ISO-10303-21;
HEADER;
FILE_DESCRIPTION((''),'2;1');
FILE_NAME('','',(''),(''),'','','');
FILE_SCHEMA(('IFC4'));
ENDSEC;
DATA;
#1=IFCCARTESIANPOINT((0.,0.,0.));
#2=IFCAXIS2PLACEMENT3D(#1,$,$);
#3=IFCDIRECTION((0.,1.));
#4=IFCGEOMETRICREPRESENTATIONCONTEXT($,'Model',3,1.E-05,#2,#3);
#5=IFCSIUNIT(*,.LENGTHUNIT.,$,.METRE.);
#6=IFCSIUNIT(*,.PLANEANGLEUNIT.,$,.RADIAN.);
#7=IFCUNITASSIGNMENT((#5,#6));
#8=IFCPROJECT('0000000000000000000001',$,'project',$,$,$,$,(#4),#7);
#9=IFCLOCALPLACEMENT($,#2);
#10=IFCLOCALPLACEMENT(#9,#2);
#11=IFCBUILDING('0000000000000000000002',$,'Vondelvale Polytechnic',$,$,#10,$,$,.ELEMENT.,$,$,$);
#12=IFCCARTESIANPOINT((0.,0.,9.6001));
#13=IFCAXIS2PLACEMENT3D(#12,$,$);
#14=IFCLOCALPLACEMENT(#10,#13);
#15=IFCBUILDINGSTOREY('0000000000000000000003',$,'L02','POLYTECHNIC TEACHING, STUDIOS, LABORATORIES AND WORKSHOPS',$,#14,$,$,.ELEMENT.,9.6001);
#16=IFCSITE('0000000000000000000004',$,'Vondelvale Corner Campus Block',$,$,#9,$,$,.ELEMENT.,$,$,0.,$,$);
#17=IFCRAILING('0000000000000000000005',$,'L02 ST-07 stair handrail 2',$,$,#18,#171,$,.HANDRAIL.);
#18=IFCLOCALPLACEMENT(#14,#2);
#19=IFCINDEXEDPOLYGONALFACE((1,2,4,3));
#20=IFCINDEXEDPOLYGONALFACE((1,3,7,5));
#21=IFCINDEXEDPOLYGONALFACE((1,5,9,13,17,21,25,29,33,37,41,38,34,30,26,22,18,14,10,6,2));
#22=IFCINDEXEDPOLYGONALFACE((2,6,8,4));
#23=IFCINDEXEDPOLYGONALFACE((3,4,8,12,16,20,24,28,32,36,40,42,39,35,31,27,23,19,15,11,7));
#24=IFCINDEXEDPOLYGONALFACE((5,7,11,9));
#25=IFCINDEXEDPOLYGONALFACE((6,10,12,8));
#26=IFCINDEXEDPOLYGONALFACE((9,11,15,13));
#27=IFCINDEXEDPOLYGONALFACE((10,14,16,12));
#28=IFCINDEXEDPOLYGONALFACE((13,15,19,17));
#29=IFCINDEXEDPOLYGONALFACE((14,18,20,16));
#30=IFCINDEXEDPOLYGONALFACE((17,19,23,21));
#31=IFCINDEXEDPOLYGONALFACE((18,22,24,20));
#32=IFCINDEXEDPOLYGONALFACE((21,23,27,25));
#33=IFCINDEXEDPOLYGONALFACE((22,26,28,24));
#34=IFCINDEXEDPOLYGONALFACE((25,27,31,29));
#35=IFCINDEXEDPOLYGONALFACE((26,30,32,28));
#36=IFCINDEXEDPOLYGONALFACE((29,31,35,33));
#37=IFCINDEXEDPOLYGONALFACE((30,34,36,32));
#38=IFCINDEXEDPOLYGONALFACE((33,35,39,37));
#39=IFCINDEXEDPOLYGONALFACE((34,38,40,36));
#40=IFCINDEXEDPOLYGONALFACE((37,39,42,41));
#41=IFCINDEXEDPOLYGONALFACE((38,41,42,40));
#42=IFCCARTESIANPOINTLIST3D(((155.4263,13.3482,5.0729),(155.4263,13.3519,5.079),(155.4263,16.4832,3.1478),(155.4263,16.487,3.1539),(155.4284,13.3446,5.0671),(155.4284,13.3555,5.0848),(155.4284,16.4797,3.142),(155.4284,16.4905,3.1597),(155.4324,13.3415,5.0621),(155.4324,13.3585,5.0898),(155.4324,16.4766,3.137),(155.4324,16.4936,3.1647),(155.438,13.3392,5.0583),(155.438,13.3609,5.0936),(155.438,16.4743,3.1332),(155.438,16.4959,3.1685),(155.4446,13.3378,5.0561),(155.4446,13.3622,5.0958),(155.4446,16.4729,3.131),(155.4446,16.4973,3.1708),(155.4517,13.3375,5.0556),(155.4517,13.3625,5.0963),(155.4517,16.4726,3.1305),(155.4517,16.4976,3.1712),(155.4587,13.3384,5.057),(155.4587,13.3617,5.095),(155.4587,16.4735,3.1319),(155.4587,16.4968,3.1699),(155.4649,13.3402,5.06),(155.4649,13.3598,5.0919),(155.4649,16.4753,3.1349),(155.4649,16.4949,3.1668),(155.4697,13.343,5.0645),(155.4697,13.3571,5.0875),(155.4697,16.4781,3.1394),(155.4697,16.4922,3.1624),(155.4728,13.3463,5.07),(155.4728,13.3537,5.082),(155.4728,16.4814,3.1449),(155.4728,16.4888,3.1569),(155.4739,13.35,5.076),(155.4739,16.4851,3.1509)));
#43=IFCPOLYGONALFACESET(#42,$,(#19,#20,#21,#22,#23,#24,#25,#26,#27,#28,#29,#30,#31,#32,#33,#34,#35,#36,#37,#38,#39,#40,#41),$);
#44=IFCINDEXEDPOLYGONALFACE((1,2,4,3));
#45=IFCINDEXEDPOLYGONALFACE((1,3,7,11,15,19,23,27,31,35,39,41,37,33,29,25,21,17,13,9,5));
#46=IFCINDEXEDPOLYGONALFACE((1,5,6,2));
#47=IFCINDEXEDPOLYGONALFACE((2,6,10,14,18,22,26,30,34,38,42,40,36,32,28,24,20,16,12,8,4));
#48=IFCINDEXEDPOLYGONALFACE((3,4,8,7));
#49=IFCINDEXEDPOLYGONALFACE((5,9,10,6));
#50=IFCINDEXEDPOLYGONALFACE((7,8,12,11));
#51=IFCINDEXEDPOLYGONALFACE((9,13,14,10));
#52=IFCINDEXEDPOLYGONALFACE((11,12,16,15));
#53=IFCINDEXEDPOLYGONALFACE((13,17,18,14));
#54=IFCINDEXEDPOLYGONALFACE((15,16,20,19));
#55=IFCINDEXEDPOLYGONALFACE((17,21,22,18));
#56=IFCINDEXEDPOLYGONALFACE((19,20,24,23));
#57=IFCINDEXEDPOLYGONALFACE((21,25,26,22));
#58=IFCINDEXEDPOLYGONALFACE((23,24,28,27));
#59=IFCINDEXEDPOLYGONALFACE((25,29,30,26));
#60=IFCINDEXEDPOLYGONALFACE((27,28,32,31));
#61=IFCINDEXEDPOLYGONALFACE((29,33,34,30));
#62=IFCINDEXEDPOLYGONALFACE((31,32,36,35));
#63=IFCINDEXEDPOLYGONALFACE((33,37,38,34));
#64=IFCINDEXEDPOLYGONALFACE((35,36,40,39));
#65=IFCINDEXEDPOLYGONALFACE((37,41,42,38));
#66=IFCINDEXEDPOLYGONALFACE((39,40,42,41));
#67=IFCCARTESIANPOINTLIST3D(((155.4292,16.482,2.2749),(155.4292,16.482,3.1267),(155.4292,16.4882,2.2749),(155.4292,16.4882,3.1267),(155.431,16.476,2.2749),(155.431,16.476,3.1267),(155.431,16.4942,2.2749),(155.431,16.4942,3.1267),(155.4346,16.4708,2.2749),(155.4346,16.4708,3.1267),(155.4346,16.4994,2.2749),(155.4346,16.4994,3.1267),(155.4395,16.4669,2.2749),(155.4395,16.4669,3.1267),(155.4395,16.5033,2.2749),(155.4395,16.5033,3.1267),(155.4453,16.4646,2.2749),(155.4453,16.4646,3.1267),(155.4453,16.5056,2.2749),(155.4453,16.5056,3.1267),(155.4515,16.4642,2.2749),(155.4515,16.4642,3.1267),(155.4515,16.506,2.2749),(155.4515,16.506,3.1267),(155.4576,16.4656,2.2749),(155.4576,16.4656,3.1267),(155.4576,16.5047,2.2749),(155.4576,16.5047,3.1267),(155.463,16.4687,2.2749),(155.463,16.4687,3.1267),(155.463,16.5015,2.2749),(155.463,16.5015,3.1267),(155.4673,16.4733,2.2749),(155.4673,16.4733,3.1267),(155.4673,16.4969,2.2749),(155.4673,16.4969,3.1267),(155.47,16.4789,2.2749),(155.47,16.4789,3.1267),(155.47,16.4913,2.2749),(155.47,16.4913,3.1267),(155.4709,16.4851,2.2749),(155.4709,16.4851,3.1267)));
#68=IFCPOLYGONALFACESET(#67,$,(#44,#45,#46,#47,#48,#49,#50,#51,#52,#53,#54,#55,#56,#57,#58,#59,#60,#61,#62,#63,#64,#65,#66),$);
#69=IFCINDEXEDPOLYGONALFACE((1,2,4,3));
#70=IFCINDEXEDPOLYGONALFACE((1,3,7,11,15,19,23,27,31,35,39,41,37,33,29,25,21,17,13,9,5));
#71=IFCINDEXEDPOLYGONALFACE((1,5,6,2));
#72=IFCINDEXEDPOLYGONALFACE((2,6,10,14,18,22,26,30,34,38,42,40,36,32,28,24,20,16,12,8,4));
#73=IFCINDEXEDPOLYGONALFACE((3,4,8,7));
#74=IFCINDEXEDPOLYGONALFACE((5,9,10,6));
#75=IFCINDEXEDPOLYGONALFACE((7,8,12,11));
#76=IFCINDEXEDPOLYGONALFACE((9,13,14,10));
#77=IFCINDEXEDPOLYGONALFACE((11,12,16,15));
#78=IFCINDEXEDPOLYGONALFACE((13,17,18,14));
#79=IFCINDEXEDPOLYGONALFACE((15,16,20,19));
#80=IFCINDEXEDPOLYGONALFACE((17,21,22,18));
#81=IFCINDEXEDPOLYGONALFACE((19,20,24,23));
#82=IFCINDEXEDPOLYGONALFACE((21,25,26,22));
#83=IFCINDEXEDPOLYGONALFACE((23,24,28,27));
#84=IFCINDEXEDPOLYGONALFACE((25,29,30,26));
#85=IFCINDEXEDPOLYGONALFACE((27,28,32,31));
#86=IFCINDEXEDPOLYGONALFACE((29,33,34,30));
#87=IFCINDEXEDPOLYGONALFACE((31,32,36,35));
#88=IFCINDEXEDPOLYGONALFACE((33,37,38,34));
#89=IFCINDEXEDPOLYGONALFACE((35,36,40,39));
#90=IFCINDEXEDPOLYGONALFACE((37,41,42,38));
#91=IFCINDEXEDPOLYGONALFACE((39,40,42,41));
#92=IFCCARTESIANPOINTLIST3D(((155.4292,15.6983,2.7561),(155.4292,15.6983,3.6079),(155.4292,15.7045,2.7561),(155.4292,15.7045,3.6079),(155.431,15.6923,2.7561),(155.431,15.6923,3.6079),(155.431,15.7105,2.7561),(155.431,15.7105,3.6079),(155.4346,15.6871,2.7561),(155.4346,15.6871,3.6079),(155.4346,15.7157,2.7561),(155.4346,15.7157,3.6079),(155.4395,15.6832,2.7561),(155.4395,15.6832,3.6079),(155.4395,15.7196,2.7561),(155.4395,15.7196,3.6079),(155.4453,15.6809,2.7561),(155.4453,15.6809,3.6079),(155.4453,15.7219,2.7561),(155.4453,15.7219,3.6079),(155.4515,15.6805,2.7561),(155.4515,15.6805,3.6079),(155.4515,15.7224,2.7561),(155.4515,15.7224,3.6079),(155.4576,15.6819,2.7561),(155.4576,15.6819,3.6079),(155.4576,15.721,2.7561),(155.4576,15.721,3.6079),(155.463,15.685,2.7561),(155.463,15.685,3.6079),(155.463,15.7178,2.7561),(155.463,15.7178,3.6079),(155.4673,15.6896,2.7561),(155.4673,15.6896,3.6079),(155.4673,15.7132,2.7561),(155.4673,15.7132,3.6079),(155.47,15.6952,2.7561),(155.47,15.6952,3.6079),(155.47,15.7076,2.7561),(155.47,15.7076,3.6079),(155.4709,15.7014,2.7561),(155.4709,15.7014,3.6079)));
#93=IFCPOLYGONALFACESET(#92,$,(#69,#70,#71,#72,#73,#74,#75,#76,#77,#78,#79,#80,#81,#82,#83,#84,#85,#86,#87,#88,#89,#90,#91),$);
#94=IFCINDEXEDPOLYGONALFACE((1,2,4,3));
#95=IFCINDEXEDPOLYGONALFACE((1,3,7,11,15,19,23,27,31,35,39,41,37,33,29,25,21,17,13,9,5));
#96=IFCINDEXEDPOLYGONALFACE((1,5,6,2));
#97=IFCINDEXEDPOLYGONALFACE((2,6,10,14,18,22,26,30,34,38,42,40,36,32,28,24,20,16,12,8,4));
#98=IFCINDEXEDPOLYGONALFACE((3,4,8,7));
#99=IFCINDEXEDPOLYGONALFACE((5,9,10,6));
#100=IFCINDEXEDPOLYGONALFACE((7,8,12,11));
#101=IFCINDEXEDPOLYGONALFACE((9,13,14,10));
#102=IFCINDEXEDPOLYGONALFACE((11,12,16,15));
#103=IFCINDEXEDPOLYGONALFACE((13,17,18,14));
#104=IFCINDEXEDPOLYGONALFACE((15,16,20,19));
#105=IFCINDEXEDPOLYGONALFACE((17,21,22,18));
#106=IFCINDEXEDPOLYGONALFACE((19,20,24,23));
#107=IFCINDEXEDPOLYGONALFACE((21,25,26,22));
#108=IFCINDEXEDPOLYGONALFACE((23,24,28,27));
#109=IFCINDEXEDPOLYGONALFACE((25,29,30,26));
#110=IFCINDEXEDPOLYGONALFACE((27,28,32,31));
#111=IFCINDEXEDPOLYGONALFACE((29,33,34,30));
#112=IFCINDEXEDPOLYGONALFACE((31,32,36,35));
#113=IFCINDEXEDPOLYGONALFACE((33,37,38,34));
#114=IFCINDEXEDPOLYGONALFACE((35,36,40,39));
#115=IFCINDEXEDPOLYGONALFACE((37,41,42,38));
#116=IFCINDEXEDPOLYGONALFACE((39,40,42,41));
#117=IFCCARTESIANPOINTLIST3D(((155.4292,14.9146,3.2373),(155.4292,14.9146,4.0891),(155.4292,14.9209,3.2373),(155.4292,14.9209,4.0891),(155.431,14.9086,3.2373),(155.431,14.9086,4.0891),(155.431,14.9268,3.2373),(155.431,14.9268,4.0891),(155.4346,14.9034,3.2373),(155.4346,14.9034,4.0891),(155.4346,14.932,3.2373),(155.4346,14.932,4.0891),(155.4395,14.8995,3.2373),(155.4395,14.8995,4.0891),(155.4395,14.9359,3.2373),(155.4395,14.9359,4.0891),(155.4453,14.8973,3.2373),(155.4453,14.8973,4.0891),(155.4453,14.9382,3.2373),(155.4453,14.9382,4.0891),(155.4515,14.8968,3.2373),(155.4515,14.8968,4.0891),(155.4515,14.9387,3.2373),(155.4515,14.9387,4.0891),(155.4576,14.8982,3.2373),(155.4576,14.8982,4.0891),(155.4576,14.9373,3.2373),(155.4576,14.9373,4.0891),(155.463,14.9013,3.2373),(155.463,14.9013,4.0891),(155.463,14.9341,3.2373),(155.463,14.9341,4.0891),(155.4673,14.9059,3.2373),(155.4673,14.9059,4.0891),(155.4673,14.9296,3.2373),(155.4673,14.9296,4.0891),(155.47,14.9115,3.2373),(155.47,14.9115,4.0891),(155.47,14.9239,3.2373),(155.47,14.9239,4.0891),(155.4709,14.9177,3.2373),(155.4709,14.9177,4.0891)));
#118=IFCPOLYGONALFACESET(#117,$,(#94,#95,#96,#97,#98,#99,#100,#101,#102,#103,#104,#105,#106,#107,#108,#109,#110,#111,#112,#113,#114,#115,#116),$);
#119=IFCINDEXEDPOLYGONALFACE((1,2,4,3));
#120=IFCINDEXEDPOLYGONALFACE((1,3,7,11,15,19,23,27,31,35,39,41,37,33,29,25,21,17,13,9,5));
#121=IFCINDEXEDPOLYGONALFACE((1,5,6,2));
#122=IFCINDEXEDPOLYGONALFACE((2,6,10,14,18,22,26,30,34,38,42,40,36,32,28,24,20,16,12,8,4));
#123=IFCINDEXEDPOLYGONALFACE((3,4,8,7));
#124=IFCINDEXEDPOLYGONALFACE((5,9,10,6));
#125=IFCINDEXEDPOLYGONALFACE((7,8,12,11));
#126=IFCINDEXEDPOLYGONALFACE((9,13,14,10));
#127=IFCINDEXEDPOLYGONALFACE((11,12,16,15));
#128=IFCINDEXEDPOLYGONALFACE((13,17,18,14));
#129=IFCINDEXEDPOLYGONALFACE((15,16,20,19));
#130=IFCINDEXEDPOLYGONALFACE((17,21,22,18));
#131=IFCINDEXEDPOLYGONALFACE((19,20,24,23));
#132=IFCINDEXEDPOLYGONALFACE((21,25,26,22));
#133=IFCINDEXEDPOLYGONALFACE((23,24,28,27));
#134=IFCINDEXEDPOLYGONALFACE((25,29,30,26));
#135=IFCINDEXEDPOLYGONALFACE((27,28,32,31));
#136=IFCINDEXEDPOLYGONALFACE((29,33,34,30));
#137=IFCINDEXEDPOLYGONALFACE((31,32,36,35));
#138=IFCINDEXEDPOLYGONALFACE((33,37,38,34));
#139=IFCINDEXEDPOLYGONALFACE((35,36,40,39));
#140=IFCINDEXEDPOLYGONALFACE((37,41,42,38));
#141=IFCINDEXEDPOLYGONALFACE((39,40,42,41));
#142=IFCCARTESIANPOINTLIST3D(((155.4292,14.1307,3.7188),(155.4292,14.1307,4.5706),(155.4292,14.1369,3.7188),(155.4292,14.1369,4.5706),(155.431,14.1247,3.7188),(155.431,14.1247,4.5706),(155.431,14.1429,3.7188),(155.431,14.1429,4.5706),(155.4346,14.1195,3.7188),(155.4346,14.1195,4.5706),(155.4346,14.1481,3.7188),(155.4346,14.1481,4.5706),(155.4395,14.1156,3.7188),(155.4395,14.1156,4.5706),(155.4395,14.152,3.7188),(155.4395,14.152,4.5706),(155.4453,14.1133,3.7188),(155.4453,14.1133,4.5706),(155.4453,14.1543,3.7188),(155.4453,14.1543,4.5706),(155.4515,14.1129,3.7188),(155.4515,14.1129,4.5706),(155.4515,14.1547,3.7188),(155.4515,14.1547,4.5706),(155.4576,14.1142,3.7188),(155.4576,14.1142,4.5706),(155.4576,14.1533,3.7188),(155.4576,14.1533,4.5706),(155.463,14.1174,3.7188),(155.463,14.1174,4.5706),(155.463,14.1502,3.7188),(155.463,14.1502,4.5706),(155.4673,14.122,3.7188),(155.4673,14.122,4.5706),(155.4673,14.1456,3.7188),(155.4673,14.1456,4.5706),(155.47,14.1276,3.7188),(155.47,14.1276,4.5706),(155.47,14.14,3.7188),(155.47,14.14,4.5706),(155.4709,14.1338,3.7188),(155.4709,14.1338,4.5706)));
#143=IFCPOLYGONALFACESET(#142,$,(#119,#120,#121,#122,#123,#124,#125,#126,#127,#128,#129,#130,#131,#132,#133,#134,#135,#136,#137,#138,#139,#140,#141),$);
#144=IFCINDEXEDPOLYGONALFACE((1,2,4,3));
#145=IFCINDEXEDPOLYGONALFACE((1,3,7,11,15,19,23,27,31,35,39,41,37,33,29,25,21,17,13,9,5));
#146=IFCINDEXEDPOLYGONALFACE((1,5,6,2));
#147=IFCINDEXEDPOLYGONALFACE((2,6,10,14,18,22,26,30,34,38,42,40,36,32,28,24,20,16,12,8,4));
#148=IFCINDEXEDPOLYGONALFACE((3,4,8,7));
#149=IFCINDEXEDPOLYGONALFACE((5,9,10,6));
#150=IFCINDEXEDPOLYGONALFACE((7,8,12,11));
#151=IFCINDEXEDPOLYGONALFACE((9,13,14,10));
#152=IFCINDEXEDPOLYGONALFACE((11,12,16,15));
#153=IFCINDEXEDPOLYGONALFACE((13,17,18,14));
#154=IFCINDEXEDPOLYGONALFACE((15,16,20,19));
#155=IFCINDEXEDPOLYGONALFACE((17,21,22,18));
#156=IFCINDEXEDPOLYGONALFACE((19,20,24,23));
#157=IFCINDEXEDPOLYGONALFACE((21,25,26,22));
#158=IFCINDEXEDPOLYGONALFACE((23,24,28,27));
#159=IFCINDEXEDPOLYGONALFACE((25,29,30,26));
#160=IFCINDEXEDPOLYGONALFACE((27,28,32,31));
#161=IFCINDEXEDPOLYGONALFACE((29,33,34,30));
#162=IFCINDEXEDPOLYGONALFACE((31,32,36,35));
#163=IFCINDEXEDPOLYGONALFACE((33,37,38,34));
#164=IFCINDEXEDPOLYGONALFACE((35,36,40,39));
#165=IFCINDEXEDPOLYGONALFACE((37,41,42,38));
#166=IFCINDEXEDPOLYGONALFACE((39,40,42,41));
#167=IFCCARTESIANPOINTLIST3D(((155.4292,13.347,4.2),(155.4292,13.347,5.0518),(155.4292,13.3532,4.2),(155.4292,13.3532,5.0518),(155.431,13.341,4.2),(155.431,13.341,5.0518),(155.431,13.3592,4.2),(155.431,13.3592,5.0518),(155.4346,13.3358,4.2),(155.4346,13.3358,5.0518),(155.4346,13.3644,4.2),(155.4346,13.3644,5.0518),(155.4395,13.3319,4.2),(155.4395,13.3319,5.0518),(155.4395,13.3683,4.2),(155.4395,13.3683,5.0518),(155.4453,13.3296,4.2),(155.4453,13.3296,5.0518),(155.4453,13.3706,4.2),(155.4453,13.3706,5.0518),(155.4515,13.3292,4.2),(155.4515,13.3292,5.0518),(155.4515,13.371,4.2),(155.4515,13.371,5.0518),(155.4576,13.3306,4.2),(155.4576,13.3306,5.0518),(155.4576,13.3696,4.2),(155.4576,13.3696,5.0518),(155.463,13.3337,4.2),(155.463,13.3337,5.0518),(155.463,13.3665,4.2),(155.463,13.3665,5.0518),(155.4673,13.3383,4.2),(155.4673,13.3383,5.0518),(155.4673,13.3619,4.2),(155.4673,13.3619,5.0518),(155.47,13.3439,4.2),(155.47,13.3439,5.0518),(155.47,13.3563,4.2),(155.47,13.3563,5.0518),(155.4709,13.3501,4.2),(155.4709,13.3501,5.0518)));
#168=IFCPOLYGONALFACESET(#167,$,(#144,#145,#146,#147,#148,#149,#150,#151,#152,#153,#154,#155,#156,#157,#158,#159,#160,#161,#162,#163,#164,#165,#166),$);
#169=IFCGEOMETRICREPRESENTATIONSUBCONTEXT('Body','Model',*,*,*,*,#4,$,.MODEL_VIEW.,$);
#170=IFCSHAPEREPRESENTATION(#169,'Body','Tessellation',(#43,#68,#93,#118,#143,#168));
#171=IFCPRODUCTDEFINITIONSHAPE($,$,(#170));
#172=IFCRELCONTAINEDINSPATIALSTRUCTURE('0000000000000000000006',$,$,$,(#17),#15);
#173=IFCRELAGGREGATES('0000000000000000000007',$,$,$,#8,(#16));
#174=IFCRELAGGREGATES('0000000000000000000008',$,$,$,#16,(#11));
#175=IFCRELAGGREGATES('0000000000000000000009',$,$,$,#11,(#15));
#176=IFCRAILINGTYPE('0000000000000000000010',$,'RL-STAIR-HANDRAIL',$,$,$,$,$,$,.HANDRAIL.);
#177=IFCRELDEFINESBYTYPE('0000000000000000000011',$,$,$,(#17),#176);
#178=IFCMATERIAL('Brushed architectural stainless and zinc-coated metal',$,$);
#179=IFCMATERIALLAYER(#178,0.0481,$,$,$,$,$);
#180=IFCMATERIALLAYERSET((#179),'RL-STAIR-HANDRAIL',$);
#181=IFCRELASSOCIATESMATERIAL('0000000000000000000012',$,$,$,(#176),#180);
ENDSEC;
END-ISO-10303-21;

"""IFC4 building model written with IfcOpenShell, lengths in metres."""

from ifc_helpers import new_model, si_unit, direction, frame, origin, origin_2d, place, context, subcontext, project, spatial, circle, extrude, material, layer, layer_set, type_object, element, save


model = new_model("IFC4")

# Units and contexts
model_context = context("Model", 3, precision=1e-05, world=origin(), true_north=direction((0.0, 1.0)))
body_context = subcontext(model_context, "Body", "Model", "MODEL_VIEW")
ifc_project = project(units=[si_unit("LENGTHUNIT", "METRE"), si_unit("PLANEANGLEUNIT", "RADIAN")], contexts=[model_context])

# Site, building, storey
site_placement = place(None, origin())
site = spatial("IfcSite", under=ifc_project, at=site_placement, Name="Vondelvale Corner Campus Block", CompositionType="ELEMENT", RefElevation=0.0)
building_placement = place(site_placement, origin())
building = spatial("IfcBuilding", under=site, at=building_placement, Name="Vondelvale Polytechnic", CompositionType="ELEMENT")
storey_placement = place(building_placement, frame((0.0, 0.0, 9.6001)))
storey = spatial("IfcBuildingStorey", under=building, at=storey_placement, Name="L02", Description="POLYTECHNIC TEACHING, STUDIOS, LABORATORIES AND WORKSHOPS", CompositionType="ELEMENT", Elevation=9.6001)

# Railing
ifc_material_1 = material(Name="Brushed architectural stainless and zinc-coated metal")
ifc_layer_1 = layer(ifc_material_1, 0.0481)
ifc_layer_set_1 = layer_set([ifc_layer_1], Name="RL-STAIR-HANDRAIL")
railing_type_1 = type_object("IfcRailingType", Name="RL-STAIR-HANDRAIL", PredefinedType="HANDRAIL", material=ifc_layer_set_1)
railing_1_placement = place(storey_placement, frame((155.45, 16.4851, 2.2749)))
element("IfcRailing", 1, at=railing_1_placement, inside=storey, type_object=railing_type_1, Name="L02 ST-07 stair handrail 2", PredefinedType="HANDRAIL", context=body_context, shape_type="SweptSolid", body=[
    extrude(circle(Radius=0.0239, at=origin_2d()), frame((0.0, 0.0, 0.876), z_axis=(0.0, -0.852166, 0.523271), x_axis=(1.0, 0.0, 0.0)), (0.0, 0.0, 1.0), 3.679),
    extrude(circle(Radius=0.021, at=origin_2d()), origin(), (0.0, 0.0, 1.0), 0.8518),
    extrude(circle(Radius=0.021, at=origin_2d()), frame((0.0, -0.7837, 0.4812)), (0.0, 0.0, 1.0), 0.8518),
    extrude(circle(Radius=0.021, at=origin_2d()), frame((0.0, -1.5674, 0.9624)), (0.0, 0.0, 1.0), 0.8518),
    extrude(circle(Radius=0.021, at=origin_2d()), frame((0.0, -2.3513, 1.4438)), (0.0, 0.0, 1.0), 0.8518),
    extrude(circle(Radius=0.021, at=origin_2d()), frame((0.0, -3.135, 1.925)), (0.0, 0.0, 1.0), 0.8518),
])

save(model, "model.ifc")
